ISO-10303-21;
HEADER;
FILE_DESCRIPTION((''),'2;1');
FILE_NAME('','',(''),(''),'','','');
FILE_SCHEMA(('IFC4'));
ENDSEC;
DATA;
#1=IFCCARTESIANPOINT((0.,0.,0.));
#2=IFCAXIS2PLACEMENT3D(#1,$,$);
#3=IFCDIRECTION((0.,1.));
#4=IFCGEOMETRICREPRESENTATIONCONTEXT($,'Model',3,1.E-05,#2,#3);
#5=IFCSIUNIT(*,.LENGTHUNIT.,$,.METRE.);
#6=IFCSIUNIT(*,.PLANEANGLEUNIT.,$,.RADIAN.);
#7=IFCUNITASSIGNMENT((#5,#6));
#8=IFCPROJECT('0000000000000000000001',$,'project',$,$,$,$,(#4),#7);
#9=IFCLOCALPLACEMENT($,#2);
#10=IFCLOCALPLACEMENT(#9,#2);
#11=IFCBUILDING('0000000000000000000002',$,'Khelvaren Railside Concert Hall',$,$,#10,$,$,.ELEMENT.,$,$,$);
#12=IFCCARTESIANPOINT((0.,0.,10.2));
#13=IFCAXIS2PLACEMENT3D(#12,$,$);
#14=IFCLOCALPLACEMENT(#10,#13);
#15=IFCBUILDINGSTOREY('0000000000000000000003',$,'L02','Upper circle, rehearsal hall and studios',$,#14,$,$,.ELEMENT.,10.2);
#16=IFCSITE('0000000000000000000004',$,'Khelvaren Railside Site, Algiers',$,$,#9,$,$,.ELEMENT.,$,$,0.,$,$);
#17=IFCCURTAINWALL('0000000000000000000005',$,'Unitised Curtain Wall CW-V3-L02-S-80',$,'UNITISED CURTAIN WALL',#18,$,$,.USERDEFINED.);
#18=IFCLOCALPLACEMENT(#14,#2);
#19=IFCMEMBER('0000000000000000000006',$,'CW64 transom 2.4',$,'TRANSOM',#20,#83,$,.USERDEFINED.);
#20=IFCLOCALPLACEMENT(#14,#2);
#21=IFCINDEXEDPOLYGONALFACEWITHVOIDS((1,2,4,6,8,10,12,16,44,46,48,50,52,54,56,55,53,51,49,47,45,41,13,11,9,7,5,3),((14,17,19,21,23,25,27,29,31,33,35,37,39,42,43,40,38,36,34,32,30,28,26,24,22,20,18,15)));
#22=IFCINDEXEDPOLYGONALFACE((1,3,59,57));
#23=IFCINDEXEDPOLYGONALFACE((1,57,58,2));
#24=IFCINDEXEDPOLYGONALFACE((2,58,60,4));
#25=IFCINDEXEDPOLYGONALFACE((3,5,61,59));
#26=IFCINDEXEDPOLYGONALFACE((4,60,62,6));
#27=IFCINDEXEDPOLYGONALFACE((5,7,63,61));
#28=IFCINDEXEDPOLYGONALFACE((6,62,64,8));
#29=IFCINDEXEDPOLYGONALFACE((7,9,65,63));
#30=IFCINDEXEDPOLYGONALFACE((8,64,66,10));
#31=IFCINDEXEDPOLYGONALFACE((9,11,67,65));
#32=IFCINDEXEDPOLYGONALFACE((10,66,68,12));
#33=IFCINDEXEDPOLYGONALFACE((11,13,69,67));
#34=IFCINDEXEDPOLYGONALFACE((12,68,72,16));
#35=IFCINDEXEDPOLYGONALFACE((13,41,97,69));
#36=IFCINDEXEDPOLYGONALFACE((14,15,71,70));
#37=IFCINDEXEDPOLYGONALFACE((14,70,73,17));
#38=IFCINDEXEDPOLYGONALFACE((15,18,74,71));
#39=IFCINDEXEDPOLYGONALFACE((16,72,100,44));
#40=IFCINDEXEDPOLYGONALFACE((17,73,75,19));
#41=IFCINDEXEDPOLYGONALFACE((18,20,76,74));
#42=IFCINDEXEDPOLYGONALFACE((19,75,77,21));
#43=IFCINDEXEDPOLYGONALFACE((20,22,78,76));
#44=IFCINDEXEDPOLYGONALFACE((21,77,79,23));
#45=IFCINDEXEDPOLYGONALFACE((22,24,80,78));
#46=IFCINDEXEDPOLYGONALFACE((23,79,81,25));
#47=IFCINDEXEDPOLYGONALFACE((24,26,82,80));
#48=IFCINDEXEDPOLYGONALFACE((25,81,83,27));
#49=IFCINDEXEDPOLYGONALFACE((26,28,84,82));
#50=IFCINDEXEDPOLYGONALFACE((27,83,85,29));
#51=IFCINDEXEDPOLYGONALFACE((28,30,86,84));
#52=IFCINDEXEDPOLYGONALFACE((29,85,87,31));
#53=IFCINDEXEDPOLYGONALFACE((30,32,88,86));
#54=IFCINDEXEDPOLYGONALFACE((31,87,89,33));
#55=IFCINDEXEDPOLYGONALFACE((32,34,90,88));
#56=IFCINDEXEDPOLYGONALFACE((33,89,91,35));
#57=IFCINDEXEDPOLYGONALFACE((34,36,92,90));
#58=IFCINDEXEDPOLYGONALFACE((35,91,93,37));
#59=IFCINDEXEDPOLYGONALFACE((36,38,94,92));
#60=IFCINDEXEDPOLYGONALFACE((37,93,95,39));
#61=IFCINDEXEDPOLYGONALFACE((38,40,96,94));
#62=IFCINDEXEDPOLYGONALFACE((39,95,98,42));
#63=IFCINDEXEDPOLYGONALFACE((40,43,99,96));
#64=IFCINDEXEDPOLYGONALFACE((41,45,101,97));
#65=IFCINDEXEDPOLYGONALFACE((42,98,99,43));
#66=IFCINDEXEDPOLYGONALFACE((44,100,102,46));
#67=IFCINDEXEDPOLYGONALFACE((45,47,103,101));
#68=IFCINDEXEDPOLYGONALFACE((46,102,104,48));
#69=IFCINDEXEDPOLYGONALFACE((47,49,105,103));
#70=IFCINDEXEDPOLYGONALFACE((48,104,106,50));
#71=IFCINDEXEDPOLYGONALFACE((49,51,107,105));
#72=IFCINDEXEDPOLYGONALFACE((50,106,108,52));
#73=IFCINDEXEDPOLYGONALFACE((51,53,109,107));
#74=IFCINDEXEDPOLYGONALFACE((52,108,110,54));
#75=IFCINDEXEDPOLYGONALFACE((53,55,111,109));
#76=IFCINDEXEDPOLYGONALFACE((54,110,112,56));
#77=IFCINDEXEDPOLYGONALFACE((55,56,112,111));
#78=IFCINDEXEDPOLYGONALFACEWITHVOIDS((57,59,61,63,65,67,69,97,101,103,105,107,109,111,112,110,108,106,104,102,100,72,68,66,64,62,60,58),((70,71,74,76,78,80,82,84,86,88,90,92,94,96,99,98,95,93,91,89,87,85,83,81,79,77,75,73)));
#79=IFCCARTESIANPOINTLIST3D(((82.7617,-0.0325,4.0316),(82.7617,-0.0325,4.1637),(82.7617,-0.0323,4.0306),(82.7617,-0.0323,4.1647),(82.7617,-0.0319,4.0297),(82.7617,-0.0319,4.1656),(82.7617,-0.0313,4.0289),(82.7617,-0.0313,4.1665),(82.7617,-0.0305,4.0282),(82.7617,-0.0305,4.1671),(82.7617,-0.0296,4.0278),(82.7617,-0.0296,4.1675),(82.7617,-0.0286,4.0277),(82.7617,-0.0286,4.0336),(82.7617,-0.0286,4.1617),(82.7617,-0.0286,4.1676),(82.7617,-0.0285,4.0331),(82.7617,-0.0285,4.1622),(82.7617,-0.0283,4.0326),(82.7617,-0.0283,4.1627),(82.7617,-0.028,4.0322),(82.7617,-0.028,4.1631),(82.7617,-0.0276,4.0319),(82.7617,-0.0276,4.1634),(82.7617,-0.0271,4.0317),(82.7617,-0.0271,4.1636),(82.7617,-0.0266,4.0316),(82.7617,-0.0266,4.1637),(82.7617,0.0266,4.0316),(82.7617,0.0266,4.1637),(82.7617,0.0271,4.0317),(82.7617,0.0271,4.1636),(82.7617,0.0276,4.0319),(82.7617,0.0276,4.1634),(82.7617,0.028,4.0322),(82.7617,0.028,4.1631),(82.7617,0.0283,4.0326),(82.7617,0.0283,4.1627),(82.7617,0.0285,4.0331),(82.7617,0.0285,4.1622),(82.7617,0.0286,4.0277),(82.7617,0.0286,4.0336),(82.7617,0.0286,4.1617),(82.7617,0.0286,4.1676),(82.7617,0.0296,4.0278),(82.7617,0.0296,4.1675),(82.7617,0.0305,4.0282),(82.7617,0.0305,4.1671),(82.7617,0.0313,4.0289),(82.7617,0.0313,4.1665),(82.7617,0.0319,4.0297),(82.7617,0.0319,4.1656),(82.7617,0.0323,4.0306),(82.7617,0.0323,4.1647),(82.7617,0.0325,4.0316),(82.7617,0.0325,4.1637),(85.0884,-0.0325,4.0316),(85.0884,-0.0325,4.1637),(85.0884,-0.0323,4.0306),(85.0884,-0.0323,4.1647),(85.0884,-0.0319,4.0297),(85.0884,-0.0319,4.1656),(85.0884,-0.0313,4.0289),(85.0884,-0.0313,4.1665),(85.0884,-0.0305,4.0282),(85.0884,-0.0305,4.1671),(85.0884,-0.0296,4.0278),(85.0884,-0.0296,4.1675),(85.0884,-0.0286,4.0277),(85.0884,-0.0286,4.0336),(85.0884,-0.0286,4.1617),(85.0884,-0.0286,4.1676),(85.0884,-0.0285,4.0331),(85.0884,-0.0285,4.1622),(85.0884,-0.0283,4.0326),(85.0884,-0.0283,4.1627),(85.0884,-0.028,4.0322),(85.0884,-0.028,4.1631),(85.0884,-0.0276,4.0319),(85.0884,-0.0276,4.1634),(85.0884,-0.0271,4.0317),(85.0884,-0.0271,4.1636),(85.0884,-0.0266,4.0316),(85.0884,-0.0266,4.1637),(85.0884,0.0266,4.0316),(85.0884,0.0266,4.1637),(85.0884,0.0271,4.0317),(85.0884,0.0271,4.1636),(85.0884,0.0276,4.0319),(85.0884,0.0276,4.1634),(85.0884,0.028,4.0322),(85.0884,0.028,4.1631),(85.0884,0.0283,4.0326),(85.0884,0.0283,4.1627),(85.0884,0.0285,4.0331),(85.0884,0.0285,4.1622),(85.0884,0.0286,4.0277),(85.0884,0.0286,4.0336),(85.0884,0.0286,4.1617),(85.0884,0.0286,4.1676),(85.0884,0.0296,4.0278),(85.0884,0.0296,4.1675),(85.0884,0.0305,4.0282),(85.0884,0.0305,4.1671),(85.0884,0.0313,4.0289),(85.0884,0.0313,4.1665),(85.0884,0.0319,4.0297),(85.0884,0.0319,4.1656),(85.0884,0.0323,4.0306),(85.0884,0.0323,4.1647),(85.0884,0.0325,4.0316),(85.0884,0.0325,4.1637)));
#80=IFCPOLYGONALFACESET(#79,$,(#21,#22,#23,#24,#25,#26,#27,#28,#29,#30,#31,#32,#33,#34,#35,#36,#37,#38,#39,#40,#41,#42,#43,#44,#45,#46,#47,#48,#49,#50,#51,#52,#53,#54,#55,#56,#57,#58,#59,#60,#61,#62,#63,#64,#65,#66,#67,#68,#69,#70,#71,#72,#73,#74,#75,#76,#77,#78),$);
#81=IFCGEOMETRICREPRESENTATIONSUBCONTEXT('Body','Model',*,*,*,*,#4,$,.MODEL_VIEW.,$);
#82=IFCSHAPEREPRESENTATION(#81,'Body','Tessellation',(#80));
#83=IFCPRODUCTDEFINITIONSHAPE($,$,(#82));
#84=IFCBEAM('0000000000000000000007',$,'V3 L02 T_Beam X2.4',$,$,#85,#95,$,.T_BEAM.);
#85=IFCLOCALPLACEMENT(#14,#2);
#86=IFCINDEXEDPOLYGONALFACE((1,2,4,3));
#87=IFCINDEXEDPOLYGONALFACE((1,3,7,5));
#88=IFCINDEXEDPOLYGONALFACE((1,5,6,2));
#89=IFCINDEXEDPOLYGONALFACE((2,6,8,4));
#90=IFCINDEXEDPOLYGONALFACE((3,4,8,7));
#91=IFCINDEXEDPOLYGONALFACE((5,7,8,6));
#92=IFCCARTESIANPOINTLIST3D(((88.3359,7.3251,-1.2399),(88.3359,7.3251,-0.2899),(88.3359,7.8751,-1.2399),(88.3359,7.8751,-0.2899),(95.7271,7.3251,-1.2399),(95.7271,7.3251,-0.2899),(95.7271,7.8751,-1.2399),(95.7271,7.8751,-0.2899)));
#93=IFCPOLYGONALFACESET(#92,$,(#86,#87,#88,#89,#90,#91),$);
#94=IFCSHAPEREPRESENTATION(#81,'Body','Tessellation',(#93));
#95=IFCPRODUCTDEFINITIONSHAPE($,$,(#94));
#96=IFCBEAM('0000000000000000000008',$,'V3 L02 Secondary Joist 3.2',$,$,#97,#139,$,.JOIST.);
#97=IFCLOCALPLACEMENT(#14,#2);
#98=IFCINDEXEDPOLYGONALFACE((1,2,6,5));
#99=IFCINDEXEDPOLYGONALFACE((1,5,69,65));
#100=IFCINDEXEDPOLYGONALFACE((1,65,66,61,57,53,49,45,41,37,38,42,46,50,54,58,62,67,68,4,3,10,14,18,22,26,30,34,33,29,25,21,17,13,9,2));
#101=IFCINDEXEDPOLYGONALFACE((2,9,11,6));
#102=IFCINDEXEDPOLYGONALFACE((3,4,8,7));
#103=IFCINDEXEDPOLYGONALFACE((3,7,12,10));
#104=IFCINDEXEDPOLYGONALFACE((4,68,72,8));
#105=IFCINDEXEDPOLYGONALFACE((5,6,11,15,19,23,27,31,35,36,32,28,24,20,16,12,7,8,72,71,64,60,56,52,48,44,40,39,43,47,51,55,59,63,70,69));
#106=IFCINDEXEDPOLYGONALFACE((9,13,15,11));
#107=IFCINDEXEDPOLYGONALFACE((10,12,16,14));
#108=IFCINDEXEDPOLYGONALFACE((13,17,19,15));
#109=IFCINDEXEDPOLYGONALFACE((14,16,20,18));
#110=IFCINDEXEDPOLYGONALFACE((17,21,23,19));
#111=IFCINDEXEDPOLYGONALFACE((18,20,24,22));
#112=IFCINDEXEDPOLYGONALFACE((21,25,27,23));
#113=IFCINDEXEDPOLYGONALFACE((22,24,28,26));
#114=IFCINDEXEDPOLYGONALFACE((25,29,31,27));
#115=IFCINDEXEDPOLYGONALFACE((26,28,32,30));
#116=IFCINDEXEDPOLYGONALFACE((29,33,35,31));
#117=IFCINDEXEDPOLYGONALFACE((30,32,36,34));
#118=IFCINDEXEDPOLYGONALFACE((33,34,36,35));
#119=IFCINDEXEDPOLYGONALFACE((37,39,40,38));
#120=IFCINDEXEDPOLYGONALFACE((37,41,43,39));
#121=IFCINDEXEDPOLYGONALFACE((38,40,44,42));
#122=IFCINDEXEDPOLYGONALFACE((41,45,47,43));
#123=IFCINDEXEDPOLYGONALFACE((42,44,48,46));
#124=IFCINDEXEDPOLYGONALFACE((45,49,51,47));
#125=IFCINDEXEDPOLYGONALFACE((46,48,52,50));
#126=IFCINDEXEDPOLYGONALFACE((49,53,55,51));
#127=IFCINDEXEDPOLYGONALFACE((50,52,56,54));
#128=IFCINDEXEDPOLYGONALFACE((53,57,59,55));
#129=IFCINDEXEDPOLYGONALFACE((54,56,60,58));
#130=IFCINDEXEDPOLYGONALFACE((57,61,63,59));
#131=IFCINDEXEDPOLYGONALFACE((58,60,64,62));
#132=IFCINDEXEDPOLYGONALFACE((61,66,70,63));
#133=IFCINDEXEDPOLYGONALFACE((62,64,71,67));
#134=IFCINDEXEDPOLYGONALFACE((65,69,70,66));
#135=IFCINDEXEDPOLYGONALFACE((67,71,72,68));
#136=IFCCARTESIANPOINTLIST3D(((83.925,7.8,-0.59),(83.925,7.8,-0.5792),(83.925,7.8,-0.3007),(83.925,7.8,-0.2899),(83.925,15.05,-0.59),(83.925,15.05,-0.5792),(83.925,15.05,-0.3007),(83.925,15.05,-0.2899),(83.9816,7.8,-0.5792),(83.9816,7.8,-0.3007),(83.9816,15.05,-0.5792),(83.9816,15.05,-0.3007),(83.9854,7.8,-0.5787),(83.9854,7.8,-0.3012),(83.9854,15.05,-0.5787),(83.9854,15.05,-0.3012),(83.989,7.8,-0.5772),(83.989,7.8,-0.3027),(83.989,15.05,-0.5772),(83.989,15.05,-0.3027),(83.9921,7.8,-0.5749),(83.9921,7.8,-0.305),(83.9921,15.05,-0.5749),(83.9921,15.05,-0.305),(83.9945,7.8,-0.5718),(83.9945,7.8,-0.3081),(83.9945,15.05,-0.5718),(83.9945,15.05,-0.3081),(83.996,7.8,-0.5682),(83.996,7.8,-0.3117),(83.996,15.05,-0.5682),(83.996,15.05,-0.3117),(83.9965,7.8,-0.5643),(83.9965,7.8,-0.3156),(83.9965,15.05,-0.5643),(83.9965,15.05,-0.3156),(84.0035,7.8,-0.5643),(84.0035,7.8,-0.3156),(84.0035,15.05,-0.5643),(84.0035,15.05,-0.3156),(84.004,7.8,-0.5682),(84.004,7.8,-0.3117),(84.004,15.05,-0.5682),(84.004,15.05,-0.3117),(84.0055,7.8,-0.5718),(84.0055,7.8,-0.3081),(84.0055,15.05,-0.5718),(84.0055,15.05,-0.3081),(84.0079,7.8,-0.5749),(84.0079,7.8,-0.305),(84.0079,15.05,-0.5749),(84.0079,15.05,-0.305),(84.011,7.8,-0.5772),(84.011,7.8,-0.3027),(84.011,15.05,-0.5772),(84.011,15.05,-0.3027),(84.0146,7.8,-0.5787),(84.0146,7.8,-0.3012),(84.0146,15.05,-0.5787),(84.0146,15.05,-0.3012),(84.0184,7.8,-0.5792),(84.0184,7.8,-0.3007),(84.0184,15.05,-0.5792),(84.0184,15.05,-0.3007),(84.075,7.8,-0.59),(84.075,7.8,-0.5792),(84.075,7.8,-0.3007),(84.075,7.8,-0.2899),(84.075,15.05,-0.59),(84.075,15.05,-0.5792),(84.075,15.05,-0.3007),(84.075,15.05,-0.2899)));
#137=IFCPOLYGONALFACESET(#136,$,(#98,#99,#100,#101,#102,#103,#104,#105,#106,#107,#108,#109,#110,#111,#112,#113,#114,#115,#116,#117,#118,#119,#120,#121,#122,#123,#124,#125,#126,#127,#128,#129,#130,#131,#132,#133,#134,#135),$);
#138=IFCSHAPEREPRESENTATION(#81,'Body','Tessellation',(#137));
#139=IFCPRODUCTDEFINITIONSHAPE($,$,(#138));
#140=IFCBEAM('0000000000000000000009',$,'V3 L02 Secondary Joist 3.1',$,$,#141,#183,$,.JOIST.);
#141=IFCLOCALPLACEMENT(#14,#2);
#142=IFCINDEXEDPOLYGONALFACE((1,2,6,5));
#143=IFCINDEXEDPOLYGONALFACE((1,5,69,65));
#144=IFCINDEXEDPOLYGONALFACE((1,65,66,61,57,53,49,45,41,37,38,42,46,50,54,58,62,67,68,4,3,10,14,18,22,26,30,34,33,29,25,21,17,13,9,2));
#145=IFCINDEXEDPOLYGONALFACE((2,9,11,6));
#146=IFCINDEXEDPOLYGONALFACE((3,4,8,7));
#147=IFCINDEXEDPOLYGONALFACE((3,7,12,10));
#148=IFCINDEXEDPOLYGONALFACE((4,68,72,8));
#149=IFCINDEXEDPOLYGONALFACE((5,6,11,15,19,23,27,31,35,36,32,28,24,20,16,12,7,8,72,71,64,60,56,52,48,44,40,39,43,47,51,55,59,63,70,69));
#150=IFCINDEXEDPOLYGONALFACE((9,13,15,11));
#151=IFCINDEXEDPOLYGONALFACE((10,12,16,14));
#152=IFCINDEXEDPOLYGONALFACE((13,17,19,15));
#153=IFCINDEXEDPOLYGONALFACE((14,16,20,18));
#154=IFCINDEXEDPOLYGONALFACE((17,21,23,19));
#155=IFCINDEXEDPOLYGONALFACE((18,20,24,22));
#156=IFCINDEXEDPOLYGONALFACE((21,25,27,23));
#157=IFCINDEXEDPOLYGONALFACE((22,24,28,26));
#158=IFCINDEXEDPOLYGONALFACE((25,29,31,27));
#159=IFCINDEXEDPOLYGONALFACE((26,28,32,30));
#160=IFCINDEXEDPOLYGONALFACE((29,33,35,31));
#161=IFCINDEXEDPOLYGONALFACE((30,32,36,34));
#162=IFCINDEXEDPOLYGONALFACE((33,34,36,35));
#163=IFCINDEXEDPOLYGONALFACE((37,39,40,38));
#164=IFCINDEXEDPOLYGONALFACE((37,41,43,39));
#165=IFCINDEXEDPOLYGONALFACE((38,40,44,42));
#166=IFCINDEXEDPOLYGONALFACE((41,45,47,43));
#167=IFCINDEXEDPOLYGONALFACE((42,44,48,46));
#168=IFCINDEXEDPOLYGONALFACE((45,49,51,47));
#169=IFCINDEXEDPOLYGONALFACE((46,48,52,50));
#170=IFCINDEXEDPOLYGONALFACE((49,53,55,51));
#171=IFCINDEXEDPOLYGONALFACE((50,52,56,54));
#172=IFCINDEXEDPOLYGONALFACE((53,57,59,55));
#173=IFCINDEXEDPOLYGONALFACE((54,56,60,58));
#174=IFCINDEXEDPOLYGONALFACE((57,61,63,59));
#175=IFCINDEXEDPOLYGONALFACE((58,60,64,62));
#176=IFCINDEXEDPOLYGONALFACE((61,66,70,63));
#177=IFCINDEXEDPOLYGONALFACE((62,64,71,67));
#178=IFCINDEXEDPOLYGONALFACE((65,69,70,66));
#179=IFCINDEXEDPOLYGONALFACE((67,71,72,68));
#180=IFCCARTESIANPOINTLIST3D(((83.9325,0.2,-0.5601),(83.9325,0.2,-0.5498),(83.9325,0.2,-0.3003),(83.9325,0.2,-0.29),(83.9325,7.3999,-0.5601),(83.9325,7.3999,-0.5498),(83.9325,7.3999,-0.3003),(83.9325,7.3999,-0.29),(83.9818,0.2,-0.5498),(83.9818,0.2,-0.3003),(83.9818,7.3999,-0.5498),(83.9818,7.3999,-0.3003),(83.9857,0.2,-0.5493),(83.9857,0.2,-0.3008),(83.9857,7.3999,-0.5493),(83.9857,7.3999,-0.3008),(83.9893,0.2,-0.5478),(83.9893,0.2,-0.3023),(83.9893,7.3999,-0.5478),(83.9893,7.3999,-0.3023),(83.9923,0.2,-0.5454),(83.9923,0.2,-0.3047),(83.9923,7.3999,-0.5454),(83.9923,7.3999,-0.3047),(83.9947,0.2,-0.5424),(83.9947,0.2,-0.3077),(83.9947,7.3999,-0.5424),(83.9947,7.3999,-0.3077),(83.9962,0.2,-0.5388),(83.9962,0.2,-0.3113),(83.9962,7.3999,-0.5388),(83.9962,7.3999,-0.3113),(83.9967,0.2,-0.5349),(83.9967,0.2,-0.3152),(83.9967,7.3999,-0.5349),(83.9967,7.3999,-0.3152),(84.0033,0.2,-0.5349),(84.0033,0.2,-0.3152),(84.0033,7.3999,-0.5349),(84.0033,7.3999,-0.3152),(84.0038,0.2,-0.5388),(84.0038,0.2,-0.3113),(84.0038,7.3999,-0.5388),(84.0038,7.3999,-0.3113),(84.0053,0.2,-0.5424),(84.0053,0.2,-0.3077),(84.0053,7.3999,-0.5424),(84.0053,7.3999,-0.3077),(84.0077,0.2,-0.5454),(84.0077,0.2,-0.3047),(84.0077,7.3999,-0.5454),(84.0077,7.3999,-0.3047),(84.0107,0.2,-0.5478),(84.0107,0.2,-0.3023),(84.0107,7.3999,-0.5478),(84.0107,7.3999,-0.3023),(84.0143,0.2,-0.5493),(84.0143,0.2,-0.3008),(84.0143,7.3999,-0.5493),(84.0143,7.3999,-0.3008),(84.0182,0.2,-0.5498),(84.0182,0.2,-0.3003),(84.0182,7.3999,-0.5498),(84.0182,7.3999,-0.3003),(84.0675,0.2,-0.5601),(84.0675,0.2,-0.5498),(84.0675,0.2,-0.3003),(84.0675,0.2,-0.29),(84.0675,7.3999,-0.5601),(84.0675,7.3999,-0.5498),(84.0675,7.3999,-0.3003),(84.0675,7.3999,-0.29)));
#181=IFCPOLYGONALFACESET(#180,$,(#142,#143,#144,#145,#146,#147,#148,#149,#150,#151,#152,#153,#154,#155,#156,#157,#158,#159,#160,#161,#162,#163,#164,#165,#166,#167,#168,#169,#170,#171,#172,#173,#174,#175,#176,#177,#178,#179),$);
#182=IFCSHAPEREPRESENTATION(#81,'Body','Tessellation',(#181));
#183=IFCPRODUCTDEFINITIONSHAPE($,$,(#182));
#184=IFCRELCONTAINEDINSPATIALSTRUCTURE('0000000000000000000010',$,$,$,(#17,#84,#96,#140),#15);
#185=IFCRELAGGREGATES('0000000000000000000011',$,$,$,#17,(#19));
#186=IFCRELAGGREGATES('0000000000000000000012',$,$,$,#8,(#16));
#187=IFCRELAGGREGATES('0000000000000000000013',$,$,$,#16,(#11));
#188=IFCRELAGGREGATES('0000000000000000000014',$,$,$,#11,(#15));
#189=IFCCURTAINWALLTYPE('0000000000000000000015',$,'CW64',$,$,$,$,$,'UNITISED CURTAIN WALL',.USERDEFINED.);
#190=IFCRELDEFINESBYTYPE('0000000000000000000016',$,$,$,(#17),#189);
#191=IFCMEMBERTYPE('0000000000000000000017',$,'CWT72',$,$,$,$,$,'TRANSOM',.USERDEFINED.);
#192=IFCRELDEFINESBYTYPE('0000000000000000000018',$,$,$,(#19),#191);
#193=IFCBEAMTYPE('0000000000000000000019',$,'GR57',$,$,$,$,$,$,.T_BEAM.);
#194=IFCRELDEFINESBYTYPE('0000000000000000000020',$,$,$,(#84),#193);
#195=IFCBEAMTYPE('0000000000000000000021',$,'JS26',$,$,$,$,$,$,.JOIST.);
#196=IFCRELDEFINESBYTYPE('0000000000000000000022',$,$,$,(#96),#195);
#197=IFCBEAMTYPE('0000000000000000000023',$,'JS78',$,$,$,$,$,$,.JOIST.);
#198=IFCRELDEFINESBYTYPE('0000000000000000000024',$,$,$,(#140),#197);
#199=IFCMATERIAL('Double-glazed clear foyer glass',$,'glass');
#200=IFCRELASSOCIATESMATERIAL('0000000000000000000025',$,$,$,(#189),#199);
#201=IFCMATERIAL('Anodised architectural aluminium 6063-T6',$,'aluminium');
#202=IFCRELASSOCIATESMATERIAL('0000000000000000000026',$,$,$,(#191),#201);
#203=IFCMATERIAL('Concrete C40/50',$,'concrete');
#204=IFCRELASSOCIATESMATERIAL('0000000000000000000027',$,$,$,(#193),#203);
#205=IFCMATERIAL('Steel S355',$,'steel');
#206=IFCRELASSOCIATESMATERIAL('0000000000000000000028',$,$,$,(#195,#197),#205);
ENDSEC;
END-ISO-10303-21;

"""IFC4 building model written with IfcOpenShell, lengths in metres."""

from ifc_helpers import new_model, si_unit, direction, frame, origin, origin_2d, place, context, subcontext, project, spatial, rectangle, hollow_rectangle, i_section, extrude, material, material_profile, profile_set, type_object, element, aggregate, save


model = new_model("IFC4")

# Units and contexts
model_context = context("Model", 3, precision=1e-05, world=origin(), true_north=direction((0.0, 1.0)))
body_context = subcontext(model_context, "Body", "Model", "MODEL_VIEW")
ifc_project = project(units=[si_unit("LENGTHUNIT", "METRE"), si_unit("PLANEANGLEUNIT", "RADIAN")], contexts=[model_context])

# Site, building, storey
site_placement = place(None, origin())
site = spatial("IfcSite", under=ifc_project, at=site_placement, Name="Khelvaren Railside Site, Algiers", CompositionType="ELEMENT", RefElevation=0.0)
building_placement = place(site_placement, origin())
building = spatial("IfcBuilding", under=site, at=building_placement, Name="Khelvaren Railside Concert Hall", CompositionType="ELEMENT")
storey_placement = place(building_placement, frame((0.0, 0.0, 10.2)))
storey = spatial("IfcBuildingStorey", under=building, at=storey_placement, Name="L02", Description="Upper circle, rehearsal hall and studios", CompositionType="ELEMENT", Elevation=10.2)

# Shared definitions
ifc_material_1 = material(Name="Concrete C40/50", Category="concrete")
ifc_material_2 = material(Name="Steel S355", Category="steel")

# Curtain wall
ifc_material_3 = material(Name="Double-glazed clear foyer glass", Category="glass")
curtain_wall_type_1 = type_object("IfcCurtainWallType", Name="CW64", ElementType="UNITISED CURTAIN WALL", PredefinedType="USERDEFINED", material=ifc_material_3)
curtain_wall_1_placement = place(storey_placement, origin())
curtain_wall_1 = element("IfcCurtainWall", 1, at=curtain_wall_1_placement, inside=storey, type_object=curtain_wall_type_1, Name="Unitised Curtain Wall CW-V3-L02-S-80", ObjectType="UNITISED CURTAIN WALL", PredefinedType="USERDEFINED")
ifc_material_4 = material(Name="Anodised architectural aluminium 6063-T6", Category="aluminium")

# Member
ifc_material_profile_1 = material_profile(ifc_material_4, hollow_rectangle(XDim=0.0649, YDim=0.1399, WallThickness=0.0039, InnerFilletRadius=0.002, OuterFilletRadius=0.0039, at=origin_2d()), Name="CWT 65x140x4")
ifc_profile_set_1 = profile_set([ifc_material_profile_1], Name="Anodised architectural aluminium 6063-T6")
member_type_1 = type_object("IfcMemberType", Name="CWT72", ElementType="TRANSOM", PredefinedType="USERDEFINED", material=ifc_profile_set_1)
member_1_placement = place(storey_placement, frame((85.0884, 0.0, 4.0977), z_axis=(-1.0, 0.0, 0.0), x_axis=(0.0, -1.0, 0.0)))
member_1 = element("IfcMember", 2, at=member_1_placement, type_object=member_type_1, Name="CW64 transom 2.4", ObjectType="TRANSOM", PredefinedType="USERDEFINED", context=body_context, shape_type="SweptSolid", body=[
    extrude(hollow_rectangle(XDim=0.0649, YDim=0.1399, WallThickness=0.0039, InnerFilletRadius=0.002, OuterFilletRadius=0.0039, at=origin_2d()), origin(), (0.0, 0.0, 1.0), 2.3267),
])

# Beams
ifc_material_profile_2 = material_profile(ifc_material_1, rectangle(XDim=0.55, YDim=0.95, at=origin_2d()), Name="RCB 550x950")
ifc_profile_set_2 = profile_set([ifc_material_profile_2], Name="Concrete C40/50")
beam_type_1 = type_object("IfcBeamType", Name="GR57", PredefinedType="T_BEAM", material=ifc_profile_set_2)
beam_1_placement = place(storey_placement, frame((88.3359, 7.6001, -0.7649), z_axis=(1.0, 0.0, 0.0), x_axis=(0.0, 1.0, 0.0)))
element("IfcBeam", 3, at=beam_1_placement, inside=storey, type_object=beam_type_1, Name="V3 L02 T_Beam X2.4", PredefinedType="T_BEAM", context=body_context, shape_type="SweptSolid", body=[
    extrude(rectangle(XDim=0.55, YDim=0.95, at=origin_2d()), origin(), (0.0, 0.0, 1.0), 7.3911),
])
ifc_material_profile_3 = material_profile(ifc_material_2, i_section(OverallWidth=0.1499, OverallDepth=0.3, WebThickness=0.0071, FlangeThickness=0.0107, FilletRadius=0.0149, at=origin_2d()), Name="IPE 300")
ifc_profile_set_3 = profile_set([ifc_material_profile_3], Name="Steel S355")
beam_type_2 = type_object("IfcBeamType", Name="JS26", PredefinedType="JOIST", material=ifc_profile_set_3)
beam_2_placement = place(storey_placement, frame((84.0, 7.8, -0.4399), z_axis=(0.0, 1.0, 0.0), x_axis=(-1.0, 0.0, 0.0)))
element("IfcBeam", 4, at=beam_2_placement, inside=storey, type_object=beam_type_2, Name="V3 L02 Secondary Joist 3.2", PredefinedType="JOIST", context=body_context, shape_type="SweptSolid", body=[
    extrude(i_section(OverallWidth=0.1499, OverallDepth=0.3, WebThickness=0.0071, FlangeThickness=0.0107, FilletRadius=0.0149, at=origin_2d()), origin(), (0.0, 0.0, 1.0), 7.25),
])
ifc_material_profile_4 = material_profile(ifc_material_2, i_section(OverallWidth=0.135, OverallDepth=0.27, WebThickness=0.0066, FlangeThickness=0.0103, FilletRadius=0.0149, at=origin_2d()), Name="IPE 270")
ifc_profile_set_4 = profile_set([ifc_material_profile_4], Name="Steel S355")
beam_type_3 = type_object("IfcBeamType", Name="JS78", PredefinedType="JOIST", material=ifc_profile_set_4)
beam_3_placement = place(storey_placement, frame((84.0, 0.2, -0.425), z_axis=(0.0, 1.0, 0.0), x_axis=(-1.0, 0.0, 0.0)))
element("IfcBeam", 5, at=beam_3_placement, inside=storey, type_object=beam_type_3, Name="V3 L02 Secondary Joist 3.1", PredefinedType="JOIST", context=body_context, shape_type="SweptSolid", body=[
    extrude(i_section(OverallWidth=0.135, OverallDepth=0.27, WebThickness=0.0066, FlangeThickness=0.0103, FilletRadius=0.0149, at=origin_2d()), origin(), (0.0, 0.0, 1.0), 7.2),
])

aggregate(curtain_wall_1, [member_1])

save(model, "model.ifc")
